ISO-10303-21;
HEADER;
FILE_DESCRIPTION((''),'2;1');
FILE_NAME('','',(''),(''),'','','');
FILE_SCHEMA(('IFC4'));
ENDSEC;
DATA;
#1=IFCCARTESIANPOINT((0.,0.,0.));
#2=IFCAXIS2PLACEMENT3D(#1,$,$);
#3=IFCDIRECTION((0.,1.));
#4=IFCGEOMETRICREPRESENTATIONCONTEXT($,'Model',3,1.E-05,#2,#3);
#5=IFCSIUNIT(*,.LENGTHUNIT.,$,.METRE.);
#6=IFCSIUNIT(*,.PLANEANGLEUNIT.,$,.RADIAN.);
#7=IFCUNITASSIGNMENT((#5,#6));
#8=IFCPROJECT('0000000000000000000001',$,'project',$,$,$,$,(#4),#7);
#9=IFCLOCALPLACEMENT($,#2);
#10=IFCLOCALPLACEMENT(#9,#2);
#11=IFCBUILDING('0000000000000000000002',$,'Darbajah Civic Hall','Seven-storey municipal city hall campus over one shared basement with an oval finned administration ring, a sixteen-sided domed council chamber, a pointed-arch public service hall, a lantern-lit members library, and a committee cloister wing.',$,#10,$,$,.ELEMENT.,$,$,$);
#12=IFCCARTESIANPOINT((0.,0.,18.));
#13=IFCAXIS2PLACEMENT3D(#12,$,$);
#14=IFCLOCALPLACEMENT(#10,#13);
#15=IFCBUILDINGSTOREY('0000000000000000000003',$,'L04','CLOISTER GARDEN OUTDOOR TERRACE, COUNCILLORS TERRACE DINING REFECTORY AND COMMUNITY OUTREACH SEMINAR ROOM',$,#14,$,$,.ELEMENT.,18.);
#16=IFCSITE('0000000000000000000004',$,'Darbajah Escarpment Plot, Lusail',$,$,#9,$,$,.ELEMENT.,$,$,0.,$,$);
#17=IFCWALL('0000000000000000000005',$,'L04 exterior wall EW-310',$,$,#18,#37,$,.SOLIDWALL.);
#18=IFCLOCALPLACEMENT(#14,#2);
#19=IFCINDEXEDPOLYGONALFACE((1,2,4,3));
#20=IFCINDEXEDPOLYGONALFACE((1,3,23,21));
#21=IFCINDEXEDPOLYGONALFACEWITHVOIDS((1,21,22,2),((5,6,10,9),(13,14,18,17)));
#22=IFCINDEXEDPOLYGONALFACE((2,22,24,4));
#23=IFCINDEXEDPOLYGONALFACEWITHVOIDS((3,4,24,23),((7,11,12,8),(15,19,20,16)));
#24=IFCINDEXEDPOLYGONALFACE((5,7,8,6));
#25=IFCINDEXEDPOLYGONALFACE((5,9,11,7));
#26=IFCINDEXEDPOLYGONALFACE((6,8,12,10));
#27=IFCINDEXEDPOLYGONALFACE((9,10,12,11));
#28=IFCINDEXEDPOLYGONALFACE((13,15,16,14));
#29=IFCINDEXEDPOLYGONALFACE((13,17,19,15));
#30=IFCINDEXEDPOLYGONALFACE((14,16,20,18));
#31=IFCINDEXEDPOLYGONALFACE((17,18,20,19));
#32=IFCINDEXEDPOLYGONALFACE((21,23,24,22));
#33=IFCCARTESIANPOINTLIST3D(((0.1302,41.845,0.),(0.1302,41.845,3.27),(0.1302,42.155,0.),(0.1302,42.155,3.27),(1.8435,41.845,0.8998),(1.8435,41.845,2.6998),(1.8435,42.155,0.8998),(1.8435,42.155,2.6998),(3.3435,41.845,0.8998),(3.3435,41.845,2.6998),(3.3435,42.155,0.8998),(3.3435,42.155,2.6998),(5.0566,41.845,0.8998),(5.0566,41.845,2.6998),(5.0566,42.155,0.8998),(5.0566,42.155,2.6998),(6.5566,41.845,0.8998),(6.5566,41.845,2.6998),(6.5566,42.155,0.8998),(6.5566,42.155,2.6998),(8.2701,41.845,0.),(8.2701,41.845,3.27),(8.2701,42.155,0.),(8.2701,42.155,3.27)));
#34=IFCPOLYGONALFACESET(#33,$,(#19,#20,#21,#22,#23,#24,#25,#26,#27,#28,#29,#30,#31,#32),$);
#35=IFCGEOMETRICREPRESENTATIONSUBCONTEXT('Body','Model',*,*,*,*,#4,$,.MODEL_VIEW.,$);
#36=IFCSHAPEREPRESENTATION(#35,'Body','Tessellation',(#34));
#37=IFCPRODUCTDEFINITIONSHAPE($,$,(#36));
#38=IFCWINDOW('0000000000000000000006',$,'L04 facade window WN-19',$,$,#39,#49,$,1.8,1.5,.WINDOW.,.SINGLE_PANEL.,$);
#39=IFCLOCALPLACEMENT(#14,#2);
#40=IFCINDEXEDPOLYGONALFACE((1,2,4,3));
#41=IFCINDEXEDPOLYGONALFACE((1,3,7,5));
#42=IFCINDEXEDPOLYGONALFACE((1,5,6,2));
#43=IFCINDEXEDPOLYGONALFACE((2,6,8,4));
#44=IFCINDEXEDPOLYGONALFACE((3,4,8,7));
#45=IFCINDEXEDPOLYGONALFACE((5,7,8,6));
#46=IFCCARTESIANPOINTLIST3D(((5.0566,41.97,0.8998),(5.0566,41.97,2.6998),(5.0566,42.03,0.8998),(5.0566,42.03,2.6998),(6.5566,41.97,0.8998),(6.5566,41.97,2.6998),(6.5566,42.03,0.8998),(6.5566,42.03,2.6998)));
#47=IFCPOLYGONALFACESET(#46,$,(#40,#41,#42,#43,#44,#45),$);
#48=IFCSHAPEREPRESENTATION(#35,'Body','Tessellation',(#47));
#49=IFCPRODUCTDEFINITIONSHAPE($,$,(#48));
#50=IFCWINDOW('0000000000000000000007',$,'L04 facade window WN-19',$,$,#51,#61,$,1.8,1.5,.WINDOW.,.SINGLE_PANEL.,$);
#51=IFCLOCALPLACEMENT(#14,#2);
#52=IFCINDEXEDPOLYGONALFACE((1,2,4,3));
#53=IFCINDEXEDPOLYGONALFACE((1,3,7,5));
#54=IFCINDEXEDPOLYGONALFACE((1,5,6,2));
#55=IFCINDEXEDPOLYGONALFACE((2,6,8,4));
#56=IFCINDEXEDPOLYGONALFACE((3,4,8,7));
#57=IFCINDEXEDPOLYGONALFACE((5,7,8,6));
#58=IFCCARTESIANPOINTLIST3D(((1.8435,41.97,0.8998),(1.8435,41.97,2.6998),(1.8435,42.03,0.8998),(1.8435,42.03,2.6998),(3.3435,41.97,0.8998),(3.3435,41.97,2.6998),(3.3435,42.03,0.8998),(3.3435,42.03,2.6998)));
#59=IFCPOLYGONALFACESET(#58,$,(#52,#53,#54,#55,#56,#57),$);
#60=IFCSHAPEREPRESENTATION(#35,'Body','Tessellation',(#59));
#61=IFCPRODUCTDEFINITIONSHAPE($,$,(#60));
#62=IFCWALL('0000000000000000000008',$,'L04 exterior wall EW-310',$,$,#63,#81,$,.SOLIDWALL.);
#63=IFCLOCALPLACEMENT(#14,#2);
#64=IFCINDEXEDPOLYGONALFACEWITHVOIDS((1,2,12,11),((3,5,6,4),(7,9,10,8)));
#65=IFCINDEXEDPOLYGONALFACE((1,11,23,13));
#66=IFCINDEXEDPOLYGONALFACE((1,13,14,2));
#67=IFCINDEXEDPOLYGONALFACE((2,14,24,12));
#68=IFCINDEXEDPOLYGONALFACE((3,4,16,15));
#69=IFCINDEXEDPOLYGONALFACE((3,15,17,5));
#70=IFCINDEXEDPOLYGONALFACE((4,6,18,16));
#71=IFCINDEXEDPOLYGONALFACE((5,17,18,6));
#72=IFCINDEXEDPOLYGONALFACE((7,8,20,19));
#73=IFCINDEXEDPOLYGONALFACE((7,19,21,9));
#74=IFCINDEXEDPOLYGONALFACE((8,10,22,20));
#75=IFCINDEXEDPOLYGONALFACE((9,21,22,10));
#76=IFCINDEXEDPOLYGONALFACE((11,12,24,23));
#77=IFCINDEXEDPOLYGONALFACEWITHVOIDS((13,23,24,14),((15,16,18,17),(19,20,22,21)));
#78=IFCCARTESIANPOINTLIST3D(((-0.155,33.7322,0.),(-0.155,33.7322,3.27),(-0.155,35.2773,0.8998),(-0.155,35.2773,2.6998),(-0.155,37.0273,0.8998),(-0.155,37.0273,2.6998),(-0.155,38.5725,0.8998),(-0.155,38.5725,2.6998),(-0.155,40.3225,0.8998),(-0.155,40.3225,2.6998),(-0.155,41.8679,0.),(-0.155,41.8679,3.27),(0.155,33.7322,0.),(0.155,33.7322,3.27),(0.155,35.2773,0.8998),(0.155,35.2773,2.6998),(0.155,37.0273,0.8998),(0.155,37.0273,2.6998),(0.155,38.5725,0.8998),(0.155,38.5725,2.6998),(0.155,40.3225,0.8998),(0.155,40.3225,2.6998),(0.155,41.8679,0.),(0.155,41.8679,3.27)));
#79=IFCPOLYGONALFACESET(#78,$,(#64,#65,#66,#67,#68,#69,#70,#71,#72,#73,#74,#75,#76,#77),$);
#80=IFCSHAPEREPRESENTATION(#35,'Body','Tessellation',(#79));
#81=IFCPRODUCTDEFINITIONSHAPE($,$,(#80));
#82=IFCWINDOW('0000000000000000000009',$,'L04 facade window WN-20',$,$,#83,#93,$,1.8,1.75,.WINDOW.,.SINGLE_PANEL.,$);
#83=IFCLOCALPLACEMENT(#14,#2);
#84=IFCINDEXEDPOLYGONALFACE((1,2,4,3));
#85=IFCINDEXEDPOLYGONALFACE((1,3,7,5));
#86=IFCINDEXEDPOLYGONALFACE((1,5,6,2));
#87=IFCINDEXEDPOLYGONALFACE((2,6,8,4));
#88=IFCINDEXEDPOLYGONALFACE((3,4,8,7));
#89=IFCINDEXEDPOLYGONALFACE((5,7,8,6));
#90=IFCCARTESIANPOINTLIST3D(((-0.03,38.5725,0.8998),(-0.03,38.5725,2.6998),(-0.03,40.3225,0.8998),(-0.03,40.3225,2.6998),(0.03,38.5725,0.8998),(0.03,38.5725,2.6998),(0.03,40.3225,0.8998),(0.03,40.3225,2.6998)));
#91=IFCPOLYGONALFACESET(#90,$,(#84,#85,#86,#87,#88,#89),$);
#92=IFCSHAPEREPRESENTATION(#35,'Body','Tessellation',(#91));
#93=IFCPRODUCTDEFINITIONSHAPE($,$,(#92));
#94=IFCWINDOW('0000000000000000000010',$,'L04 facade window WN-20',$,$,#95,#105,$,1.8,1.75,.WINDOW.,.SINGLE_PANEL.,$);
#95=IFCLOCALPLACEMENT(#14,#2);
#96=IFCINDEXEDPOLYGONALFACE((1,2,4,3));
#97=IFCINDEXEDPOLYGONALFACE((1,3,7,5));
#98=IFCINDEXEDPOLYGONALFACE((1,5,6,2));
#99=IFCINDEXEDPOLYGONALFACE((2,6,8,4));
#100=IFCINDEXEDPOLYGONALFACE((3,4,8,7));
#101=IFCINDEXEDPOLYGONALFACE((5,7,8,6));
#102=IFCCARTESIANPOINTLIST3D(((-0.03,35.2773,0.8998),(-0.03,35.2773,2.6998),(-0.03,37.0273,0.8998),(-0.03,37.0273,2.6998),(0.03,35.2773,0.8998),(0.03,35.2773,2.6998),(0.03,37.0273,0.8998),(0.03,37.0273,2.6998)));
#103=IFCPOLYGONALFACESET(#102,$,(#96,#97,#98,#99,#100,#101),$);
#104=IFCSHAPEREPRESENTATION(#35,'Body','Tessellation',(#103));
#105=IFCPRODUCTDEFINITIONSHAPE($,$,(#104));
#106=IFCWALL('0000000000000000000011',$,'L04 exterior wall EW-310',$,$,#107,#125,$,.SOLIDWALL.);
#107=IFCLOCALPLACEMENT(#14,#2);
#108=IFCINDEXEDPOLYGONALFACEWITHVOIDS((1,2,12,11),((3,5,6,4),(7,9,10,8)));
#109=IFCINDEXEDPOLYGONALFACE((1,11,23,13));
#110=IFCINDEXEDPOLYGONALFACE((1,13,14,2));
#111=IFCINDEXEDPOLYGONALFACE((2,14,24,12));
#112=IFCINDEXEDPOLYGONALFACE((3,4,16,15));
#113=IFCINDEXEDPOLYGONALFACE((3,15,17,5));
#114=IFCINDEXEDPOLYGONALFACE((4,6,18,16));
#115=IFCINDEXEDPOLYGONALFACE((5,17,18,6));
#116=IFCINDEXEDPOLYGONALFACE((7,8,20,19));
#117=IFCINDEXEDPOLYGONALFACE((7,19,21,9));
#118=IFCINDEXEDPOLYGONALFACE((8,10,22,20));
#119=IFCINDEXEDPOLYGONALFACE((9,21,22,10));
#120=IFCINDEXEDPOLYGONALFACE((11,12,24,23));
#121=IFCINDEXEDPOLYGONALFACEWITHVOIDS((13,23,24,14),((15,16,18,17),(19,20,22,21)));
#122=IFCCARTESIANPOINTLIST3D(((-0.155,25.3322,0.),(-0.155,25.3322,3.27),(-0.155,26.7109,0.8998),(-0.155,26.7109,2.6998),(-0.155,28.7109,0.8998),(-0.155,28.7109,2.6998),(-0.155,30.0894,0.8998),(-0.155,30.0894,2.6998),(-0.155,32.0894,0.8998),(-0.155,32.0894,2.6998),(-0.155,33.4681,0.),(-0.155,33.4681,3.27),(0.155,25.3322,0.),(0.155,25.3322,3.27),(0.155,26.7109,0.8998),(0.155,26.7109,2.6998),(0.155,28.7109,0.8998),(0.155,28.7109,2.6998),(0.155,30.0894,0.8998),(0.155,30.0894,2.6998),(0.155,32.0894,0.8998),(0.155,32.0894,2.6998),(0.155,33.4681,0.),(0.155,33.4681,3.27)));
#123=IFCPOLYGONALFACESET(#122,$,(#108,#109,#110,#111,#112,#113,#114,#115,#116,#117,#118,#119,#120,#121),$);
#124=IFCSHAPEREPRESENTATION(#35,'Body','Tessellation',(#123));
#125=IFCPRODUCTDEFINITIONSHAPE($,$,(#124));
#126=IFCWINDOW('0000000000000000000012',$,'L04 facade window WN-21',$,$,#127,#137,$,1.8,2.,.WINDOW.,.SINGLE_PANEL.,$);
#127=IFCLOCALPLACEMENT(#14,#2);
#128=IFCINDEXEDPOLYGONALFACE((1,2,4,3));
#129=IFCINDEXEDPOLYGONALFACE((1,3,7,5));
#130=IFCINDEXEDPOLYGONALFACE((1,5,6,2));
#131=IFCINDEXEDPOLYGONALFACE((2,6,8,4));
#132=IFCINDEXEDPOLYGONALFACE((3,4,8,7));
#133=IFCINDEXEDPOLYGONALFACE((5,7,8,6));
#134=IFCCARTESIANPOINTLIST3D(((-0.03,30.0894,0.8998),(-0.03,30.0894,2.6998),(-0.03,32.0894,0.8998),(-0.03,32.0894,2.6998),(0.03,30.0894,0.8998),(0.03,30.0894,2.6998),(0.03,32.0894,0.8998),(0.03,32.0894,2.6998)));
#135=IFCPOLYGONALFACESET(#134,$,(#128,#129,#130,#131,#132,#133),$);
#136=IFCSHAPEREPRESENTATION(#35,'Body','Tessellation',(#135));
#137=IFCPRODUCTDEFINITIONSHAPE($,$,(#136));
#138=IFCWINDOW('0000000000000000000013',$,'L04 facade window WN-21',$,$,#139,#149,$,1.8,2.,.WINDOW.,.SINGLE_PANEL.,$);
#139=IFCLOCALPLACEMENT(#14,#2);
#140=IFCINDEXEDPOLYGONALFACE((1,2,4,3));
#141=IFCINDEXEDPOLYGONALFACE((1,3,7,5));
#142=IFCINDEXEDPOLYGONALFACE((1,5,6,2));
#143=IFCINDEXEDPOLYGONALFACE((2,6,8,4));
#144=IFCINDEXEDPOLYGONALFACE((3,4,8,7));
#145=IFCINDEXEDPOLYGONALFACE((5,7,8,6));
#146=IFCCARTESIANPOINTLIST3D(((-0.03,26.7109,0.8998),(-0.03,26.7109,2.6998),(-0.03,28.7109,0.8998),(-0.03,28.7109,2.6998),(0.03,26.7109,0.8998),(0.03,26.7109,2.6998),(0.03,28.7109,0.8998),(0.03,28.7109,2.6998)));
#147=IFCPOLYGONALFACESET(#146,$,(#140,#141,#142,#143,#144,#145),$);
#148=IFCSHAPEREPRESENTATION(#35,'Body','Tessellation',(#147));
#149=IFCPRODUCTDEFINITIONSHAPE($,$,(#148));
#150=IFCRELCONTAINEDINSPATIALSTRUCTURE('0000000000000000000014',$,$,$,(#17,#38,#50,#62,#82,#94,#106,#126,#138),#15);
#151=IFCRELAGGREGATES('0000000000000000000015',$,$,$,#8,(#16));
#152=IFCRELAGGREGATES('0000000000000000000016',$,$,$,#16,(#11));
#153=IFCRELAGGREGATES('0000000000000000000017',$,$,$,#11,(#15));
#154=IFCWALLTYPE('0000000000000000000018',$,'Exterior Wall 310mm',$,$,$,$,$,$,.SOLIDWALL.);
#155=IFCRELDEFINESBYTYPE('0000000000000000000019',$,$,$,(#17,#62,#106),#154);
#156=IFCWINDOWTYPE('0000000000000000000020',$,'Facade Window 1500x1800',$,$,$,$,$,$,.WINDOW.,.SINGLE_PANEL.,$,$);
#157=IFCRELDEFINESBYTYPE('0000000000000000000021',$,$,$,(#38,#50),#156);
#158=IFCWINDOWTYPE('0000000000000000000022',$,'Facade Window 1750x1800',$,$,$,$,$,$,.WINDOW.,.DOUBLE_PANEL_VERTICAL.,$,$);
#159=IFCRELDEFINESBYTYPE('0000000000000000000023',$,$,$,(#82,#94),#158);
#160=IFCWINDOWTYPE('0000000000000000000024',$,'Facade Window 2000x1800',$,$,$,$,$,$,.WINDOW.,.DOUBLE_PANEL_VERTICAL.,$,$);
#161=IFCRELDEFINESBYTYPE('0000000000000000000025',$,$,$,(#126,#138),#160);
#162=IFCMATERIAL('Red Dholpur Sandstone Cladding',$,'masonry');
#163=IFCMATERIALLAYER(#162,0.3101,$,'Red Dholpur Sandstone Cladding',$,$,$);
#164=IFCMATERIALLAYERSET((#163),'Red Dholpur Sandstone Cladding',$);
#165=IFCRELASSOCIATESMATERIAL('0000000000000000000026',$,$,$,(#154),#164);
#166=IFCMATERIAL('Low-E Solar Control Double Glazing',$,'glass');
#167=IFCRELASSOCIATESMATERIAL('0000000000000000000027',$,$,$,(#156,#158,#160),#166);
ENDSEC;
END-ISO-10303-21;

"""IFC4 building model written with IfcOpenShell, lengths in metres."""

from ifc_helpers import new_model, si_unit, direction, frame, frame_2d, origin, place, context, subcontext, project, spatial, rectangle, extrude, material, layer, layer_set, type_object, element, fill, save


model = new_model("IFC4")

# Units and contexts
model_context = context("Model", 3, precision=1e-05, world=origin(), true_north=direction((0.0, 1.0)))
body_context = subcontext(model_context, "Body", "Model", "MODEL_VIEW")
ifc_project = project(units=[si_unit("LENGTHUNIT", "METRE"), si_unit("PLANEANGLEUNIT", "RADIAN")], contexts=[model_context])

# Site, building, storey
site_placement = place(None, origin())
site = spatial("IfcSite", under=ifc_project, at=site_placement, Name="Darbajah Escarpment Plot, Lusail", CompositionType="ELEMENT", RefElevation=0.0)
building_placement = place(site_placement, origin())
building = spatial("IfcBuilding", under=site, at=building_placement, Name="Darbajah Civic Hall", Description="Seven-storey municipal city hall campus over one shared basement with an oval finned administration ring, a sixteen-sided domed council chamber, a pointed-arch public service hall, a lantern-lit members library, and a committee cloister wing.", CompositionType="ELEMENT")
storey_placement = place(building_placement, frame((0.0, 0.0, 18.0)))
storey = spatial("IfcBuildingStorey", under=building, at=storey_placement, Name="L04", Description="CLOISTER GARDEN OUTDOOR TERRACE, COUNCILLORS TERRACE DINING REFECTORY AND COMMUNITY OUTREACH SEMINAR ROOM", CompositionType="ELEMENT", Elevation=18.0)

# Walls, openings, windows
ifc_material_1 = material(Name="Red Dholpur Sandstone Cladding", Category="masonry")
ifc_layer_1 = layer(ifc_material_1, 0.3101, Name="Red Dholpur Sandstone Cladding")
ifc_layer_set_1 = layer_set([ifc_layer_1], Name="Red Dholpur Sandstone Cladding")
wall_type_1 = type_object("IfcWallType", Name="Exterior Wall 310mm", PredefinedType="SOLIDWALL", material=ifc_layer_set_1)
wall_1_placement = place(storey_placement, frame((8.27, 42.0, 0.0), z_axis=(0.0, 0.0, 1.0), x_axis=(-1.0, 0.0, 0.0)))
wall_1 = element("IfcWall", 1, at=wall_1_placement, inside=storey, type_object=wall_type_1, Name="L04 exterior wall EW-310", PredefinedType="SOLIDWALL", context=body_context, shape_type="SweptSolid", body=[
    extrude(rectangle(XDim=8.1399, YDim=0.3101, at=frame_2d((4.0698, 0.0))), origin(), (0.0, 0.0, 1.0), 3.27),
])
opening_1_placement = place(wall_1_placement, frame((1.7134, 0.0, 0.8999)))
opening_1 = element("IfcOpeningElement", 2, at=opening_1_placement, cuts=wall_1, PredefinedType="OPENING", context=body_context, shape_type="SweptSolid", body=[
    extrude(rectangle(XDim=1.5, YDim=1.8, at=frame_2d((0.75, 0.8999))), frame((0.0, 0.165, 0.0), z_axis=(0.0, -1.0, 0.0), x_axis=(1.0, 0.0, 0.0)), (0.0, 0.0, 1.0), 0.3301),
])
opening_2_placement = place(wall_1_placement, frame((4.9265, 0.0, 0.8999)))
opening_2 = element("IfcOpeningElement", 3, at=opening_2_placement, cuts=wall_1, PredefinedType="OPENING", context=body_context, shape_type="SweptSolid", body=[
    extrude(rectangle(XDim=1.5, YDim=1.8, at=frame_2d((0.75, 0.8999))), frame((0.0, 0.165, 0.0), z_axis=(0.0, -1.0, 0.0), x_axis=(1.0, 0.0, 0.0)), (0.0, 0.0, 1.0), 0.3301),
])
ifc_material_2 = material(Name="Low-E Solar Control Double Glazing", Category="glass")
window_type_1 = type_object("IfcWindowType", Name="Facade Window 1500x1800", PartitioningType="SINGLE_PANEL", PredefinedType="WINDOW", material=ifc_material_2)
window_1_placement = place(opening_1_placement, origin())
window_1 = element("IfcWindow", 4, at=window_1_placement, inside=storey, type_object=window_type_1, Name="L04 facade window WN-19", OverallHeight=1.8, OverallWidth=1.5, PartitioningType="SINGLE_PANEL", PredefinedType="WINDOW", context=body_context, shape_type="SweptSolid", body=[
    extrude(rectangle(XDim=1.5, YDim=1.8, at=frame_2d((0.75, 0.8999))), frame((0.0, 0.03, 0.0), z_axis=(0.0, -1.0, 0.0), x_axis=(1.0, 0.0, 0.0)), (0.0, 0.0, 1.0), 0.0601),
])
fill(opening_1, window_1)
window_2_placement = place(opening_2_placement, origin())
window_2 = element("IfcWindow", 5, at=window_2_placement, inside=storey, type_object=window_type_1, Name="L04 facade window WN-19", OverallHeight=1.8, OverallWidth=1.5, PartitioningType="SINGLE_PANEL", PredefinedType="WINDOW", context=body_context, shape_type="SweptSolid", body=[
    extrude(rectangle(XDim=1.5, YDim=1.8, at=frame_2d((0.75, 0.8999))), frame((0.0, 0.03, 0.0), z_axis=(0.0, -1.0, 0.0), x_axis=(1.0, 0.0, 0.0)), (0.0, 0.0, 1.0), 0.0601),
])
fill(opening_2, window_2)
wall_2_placement = place(storey_placement, frame((0.0, 41.8679, 0.0), z_axis=(0.0, 0.0, 1.0), x_axis=(0.0, -1.0, 0.0)))
wall_2 = element("IfcWall", 6, at=wall_2_placement, inside=storey, type_object=wall_type_1, Name="L04 exterior wall EW-310", PredefinedType="SOLIDWALL", context=body_context, shape_type="SweptSolid", body=[
    extrude(rectangle(XDim=8.1357, YDim=0.3101, at=frame_2d((4.0679, 0.0))), origin(), (0.0, 0.0, 1.0), 3.27),
])
opening_3_placement = place(wall_2_placement, frame((1.5454, 0.0, 0.8999)))
opening_3 = element("IfcOpeningElement", 7, at=opening_3_placement, cuts=wall_2, PredefinedType="OPENING", context=body_context, shape_type="SweptSolid", body=[
    extrude(rectangle(XDim=1.75, YDim=1.8, at=frame_2d((0.875, 0.8999))), frame((0.0, 0.165, 0.0), z_axis=(0.0, -1.0, 0.0), x_axis=(1.0, 0.0, 0.0)), (0.0, 0.0, 1.0), 0.3301),
])
opening_4_placement = place(wall_2_placement, frame((4.8406, 0.0, 0.8999)))
opening_4 = element("IfcOpeningElement", 8, at=opening_4_placement, cuts=wall_2, PredefinedType="OPENING", context=body_context, shape_type="SweptSolid", body=[
    extrude(rectangle(XDim=1.75, YDim=1.8, at=frame_2d((0.875, 0.8999))), frame((0.0, 0.165, 0.0), z_axis=(0.0, -1.0, 0.0), x_axis=(1.0, 0.0, 0.0)), (0.0, 0.0, 1.0), 0.3301),
])
window_type_2 = type_object("IfcWindowType", Name="Facade Window 1750x1800", PartitioningType="DOUBLE_PANEL_VERTICAL", PredefinedType="WINDOW", material=ifc_material_2)
window_3_placement = place(opening_3_placement, origin())
window_3 = element("IfcWindow", 9, at=window_3_placement, inside=storey, type_object=window_type_2, Name="L04 facade window WN-20", OverallHeight=1.8, OverallWidth=1.75, PartitioningType="SINGLE_PANEL", PredefinedType="WINDOW", context=body_context, shape_type="SweptSolid", body=[
    extrude(rectangle(XDim=1.75, YDim=1.8, at=frame_2d((0.875, 0.8999))), frame((0.0, 0.03, 0.0), z_axis=(0.0, -1.0, 0.0), x_axis=(1.0, 0.0, 0.0)), (0.0, 0.0, 1.0), 0.0601),
])
fill(opening_3, window_3)
window_4_placement = place(opening_4_placement, origin())
window_4 = element("IfcWindow", 10, at=window_4_placement, inside=storey, type_object=window_type_2, Name="L04 facade window WN-20", OverallHeight=1.8, OverallWidth=1.75, PartitioningType="SINGLE_PANEL", PredefinedType="WINDOW", context=body_context, shape_type="SweptSolid", body=[
    extrude(rectangle(XDim=1.75, YDim=1.8, at=frame_2d((0.875, 0.8999))), frame((0.0, 0.03, 0.0), z_axis=(0.0, -1.0, 0.0), x_axis=(1.0, 0.0, 0.0)), (0.0, 0.0, 1.0), 0.0601),
])
fill(opening_4, window_4)
wall_3_placement = place(storey_placement, frame((0.0, 33.468, 0.0), z_axis=(0.0, 0.0, 1.0), x_axis=(0.0, -1.0, 0.0)))
wall_3 = element("IfcWall", 11, at=wall_3_placement, inside=storey, type_object=wall_type_1, Name="L04 exterior wall EW-310", PredefinedType="SOLIDWALL", context=body_context, shape_type="SweptSolid", body=[
    extrude(rectangle(XDim=8.136, YDim=0.3101, at=frame_2d((4.0679, 0.0))), origin(), (0.0, 0.0, 1.0), 3.27),
])
opening_5_placement = place(wall_3_placement, frame((1.3787, 0.0, 0.8999)))
opening_5 = element("IfcOpeningElement", 12, at=opening_5_placement, cuts=wall_3, PredefinedType="OPENING", context=body_context, shape_type="SweptSolid", body=[
    extrude(rectangle(XDim=2.0, YDim=1.8, at=frame_2d((1.0, 0.8999))), frame((0.0, 0.165, 0.0), z_axis=(0.0, -1.0, 0.0), x_axis=(1.0, 0.0, 0.0)), (0.0, 0.0, 1.0), 0.3301),
])
opening_6_placement = place(wall_3_placement, frame((4.7571, 0.0, 0.8999)))
opening_6 = element("IfcOpeningElement", 13, at=opening_6_placement, cuts=wall_3, PredefinedType="OPENING", context=body_context, shape_type="SweptSolid", body=[
    extrude(rectangle(XDim=2.0, YDim=1.8, at=frame_2d((1.0, 0.8999))), frame((0.0, 0.165, 0.0), z_axis=(0.0, -1.0, 0.0), x_axis=(1.0, 0.0, 0.0)), (0.0, 0.0, 1.0), 0.3301),
])
window_type_3 = type_object("IfcWindowType", Name="Facade Window 2000x1800", PartitioningType="DOUBLE_PANEL_VERTICAL", PredefinedType="WINDOW", material=ifc_material_2)
window_5_placement = place(opening_5_placement, origin())
window_5 = element("IfcWindow", 14, at=window_5_placement, inside=storey, type_object=window_type_3, Name="L04 facade window WN-21", OverallHeight=1.8, OverallWidth=2.0, PartitioningType="SINGLE_PANEL", PredefinedType="WINDOW", context=body_context, shape_type="SweptSolid", body=[
    extrude(rectangle(XDim=2.0, YDim=1.8, at=frame_2d((1.0, 0.8999))), frame((0.0, 0.03, 0.0), z_axis=(0.0, -1.0, 0.0), x_axis=(1.0, 0.0, 0.0)), (0.0, 0.0, 1.0), 0.0601),
])
fill(opening_5, window_5)
window_6_placement = place(opening_6_placement, origin())
window_6 = element("IfcWindow", 15, at=window_6_placement, inside=storey, type_object=window_type_3, Name="L04 facade window WN-21", OverallHeight=1.8, OverallWidth=2.0, PartitioningType="SINGLE_PANEL", PredefinedType="WINDOW", context=body_context, shape_type="SweptSolid", body=[
    extrude(rectangle(XDim=2.0, YDim=1.8, at=frame_2d((1.0, 0.8999))), frame((0.0, 0.03, 0.0), z_axis=(0.0, -1.0, 0.0), x_axis=(1.0, 0.0, 0.0)), (0.0, 0.0, 1.0), 0.0601),
])
fill(opening_6, window_6)

save(model, "model.ifc")
